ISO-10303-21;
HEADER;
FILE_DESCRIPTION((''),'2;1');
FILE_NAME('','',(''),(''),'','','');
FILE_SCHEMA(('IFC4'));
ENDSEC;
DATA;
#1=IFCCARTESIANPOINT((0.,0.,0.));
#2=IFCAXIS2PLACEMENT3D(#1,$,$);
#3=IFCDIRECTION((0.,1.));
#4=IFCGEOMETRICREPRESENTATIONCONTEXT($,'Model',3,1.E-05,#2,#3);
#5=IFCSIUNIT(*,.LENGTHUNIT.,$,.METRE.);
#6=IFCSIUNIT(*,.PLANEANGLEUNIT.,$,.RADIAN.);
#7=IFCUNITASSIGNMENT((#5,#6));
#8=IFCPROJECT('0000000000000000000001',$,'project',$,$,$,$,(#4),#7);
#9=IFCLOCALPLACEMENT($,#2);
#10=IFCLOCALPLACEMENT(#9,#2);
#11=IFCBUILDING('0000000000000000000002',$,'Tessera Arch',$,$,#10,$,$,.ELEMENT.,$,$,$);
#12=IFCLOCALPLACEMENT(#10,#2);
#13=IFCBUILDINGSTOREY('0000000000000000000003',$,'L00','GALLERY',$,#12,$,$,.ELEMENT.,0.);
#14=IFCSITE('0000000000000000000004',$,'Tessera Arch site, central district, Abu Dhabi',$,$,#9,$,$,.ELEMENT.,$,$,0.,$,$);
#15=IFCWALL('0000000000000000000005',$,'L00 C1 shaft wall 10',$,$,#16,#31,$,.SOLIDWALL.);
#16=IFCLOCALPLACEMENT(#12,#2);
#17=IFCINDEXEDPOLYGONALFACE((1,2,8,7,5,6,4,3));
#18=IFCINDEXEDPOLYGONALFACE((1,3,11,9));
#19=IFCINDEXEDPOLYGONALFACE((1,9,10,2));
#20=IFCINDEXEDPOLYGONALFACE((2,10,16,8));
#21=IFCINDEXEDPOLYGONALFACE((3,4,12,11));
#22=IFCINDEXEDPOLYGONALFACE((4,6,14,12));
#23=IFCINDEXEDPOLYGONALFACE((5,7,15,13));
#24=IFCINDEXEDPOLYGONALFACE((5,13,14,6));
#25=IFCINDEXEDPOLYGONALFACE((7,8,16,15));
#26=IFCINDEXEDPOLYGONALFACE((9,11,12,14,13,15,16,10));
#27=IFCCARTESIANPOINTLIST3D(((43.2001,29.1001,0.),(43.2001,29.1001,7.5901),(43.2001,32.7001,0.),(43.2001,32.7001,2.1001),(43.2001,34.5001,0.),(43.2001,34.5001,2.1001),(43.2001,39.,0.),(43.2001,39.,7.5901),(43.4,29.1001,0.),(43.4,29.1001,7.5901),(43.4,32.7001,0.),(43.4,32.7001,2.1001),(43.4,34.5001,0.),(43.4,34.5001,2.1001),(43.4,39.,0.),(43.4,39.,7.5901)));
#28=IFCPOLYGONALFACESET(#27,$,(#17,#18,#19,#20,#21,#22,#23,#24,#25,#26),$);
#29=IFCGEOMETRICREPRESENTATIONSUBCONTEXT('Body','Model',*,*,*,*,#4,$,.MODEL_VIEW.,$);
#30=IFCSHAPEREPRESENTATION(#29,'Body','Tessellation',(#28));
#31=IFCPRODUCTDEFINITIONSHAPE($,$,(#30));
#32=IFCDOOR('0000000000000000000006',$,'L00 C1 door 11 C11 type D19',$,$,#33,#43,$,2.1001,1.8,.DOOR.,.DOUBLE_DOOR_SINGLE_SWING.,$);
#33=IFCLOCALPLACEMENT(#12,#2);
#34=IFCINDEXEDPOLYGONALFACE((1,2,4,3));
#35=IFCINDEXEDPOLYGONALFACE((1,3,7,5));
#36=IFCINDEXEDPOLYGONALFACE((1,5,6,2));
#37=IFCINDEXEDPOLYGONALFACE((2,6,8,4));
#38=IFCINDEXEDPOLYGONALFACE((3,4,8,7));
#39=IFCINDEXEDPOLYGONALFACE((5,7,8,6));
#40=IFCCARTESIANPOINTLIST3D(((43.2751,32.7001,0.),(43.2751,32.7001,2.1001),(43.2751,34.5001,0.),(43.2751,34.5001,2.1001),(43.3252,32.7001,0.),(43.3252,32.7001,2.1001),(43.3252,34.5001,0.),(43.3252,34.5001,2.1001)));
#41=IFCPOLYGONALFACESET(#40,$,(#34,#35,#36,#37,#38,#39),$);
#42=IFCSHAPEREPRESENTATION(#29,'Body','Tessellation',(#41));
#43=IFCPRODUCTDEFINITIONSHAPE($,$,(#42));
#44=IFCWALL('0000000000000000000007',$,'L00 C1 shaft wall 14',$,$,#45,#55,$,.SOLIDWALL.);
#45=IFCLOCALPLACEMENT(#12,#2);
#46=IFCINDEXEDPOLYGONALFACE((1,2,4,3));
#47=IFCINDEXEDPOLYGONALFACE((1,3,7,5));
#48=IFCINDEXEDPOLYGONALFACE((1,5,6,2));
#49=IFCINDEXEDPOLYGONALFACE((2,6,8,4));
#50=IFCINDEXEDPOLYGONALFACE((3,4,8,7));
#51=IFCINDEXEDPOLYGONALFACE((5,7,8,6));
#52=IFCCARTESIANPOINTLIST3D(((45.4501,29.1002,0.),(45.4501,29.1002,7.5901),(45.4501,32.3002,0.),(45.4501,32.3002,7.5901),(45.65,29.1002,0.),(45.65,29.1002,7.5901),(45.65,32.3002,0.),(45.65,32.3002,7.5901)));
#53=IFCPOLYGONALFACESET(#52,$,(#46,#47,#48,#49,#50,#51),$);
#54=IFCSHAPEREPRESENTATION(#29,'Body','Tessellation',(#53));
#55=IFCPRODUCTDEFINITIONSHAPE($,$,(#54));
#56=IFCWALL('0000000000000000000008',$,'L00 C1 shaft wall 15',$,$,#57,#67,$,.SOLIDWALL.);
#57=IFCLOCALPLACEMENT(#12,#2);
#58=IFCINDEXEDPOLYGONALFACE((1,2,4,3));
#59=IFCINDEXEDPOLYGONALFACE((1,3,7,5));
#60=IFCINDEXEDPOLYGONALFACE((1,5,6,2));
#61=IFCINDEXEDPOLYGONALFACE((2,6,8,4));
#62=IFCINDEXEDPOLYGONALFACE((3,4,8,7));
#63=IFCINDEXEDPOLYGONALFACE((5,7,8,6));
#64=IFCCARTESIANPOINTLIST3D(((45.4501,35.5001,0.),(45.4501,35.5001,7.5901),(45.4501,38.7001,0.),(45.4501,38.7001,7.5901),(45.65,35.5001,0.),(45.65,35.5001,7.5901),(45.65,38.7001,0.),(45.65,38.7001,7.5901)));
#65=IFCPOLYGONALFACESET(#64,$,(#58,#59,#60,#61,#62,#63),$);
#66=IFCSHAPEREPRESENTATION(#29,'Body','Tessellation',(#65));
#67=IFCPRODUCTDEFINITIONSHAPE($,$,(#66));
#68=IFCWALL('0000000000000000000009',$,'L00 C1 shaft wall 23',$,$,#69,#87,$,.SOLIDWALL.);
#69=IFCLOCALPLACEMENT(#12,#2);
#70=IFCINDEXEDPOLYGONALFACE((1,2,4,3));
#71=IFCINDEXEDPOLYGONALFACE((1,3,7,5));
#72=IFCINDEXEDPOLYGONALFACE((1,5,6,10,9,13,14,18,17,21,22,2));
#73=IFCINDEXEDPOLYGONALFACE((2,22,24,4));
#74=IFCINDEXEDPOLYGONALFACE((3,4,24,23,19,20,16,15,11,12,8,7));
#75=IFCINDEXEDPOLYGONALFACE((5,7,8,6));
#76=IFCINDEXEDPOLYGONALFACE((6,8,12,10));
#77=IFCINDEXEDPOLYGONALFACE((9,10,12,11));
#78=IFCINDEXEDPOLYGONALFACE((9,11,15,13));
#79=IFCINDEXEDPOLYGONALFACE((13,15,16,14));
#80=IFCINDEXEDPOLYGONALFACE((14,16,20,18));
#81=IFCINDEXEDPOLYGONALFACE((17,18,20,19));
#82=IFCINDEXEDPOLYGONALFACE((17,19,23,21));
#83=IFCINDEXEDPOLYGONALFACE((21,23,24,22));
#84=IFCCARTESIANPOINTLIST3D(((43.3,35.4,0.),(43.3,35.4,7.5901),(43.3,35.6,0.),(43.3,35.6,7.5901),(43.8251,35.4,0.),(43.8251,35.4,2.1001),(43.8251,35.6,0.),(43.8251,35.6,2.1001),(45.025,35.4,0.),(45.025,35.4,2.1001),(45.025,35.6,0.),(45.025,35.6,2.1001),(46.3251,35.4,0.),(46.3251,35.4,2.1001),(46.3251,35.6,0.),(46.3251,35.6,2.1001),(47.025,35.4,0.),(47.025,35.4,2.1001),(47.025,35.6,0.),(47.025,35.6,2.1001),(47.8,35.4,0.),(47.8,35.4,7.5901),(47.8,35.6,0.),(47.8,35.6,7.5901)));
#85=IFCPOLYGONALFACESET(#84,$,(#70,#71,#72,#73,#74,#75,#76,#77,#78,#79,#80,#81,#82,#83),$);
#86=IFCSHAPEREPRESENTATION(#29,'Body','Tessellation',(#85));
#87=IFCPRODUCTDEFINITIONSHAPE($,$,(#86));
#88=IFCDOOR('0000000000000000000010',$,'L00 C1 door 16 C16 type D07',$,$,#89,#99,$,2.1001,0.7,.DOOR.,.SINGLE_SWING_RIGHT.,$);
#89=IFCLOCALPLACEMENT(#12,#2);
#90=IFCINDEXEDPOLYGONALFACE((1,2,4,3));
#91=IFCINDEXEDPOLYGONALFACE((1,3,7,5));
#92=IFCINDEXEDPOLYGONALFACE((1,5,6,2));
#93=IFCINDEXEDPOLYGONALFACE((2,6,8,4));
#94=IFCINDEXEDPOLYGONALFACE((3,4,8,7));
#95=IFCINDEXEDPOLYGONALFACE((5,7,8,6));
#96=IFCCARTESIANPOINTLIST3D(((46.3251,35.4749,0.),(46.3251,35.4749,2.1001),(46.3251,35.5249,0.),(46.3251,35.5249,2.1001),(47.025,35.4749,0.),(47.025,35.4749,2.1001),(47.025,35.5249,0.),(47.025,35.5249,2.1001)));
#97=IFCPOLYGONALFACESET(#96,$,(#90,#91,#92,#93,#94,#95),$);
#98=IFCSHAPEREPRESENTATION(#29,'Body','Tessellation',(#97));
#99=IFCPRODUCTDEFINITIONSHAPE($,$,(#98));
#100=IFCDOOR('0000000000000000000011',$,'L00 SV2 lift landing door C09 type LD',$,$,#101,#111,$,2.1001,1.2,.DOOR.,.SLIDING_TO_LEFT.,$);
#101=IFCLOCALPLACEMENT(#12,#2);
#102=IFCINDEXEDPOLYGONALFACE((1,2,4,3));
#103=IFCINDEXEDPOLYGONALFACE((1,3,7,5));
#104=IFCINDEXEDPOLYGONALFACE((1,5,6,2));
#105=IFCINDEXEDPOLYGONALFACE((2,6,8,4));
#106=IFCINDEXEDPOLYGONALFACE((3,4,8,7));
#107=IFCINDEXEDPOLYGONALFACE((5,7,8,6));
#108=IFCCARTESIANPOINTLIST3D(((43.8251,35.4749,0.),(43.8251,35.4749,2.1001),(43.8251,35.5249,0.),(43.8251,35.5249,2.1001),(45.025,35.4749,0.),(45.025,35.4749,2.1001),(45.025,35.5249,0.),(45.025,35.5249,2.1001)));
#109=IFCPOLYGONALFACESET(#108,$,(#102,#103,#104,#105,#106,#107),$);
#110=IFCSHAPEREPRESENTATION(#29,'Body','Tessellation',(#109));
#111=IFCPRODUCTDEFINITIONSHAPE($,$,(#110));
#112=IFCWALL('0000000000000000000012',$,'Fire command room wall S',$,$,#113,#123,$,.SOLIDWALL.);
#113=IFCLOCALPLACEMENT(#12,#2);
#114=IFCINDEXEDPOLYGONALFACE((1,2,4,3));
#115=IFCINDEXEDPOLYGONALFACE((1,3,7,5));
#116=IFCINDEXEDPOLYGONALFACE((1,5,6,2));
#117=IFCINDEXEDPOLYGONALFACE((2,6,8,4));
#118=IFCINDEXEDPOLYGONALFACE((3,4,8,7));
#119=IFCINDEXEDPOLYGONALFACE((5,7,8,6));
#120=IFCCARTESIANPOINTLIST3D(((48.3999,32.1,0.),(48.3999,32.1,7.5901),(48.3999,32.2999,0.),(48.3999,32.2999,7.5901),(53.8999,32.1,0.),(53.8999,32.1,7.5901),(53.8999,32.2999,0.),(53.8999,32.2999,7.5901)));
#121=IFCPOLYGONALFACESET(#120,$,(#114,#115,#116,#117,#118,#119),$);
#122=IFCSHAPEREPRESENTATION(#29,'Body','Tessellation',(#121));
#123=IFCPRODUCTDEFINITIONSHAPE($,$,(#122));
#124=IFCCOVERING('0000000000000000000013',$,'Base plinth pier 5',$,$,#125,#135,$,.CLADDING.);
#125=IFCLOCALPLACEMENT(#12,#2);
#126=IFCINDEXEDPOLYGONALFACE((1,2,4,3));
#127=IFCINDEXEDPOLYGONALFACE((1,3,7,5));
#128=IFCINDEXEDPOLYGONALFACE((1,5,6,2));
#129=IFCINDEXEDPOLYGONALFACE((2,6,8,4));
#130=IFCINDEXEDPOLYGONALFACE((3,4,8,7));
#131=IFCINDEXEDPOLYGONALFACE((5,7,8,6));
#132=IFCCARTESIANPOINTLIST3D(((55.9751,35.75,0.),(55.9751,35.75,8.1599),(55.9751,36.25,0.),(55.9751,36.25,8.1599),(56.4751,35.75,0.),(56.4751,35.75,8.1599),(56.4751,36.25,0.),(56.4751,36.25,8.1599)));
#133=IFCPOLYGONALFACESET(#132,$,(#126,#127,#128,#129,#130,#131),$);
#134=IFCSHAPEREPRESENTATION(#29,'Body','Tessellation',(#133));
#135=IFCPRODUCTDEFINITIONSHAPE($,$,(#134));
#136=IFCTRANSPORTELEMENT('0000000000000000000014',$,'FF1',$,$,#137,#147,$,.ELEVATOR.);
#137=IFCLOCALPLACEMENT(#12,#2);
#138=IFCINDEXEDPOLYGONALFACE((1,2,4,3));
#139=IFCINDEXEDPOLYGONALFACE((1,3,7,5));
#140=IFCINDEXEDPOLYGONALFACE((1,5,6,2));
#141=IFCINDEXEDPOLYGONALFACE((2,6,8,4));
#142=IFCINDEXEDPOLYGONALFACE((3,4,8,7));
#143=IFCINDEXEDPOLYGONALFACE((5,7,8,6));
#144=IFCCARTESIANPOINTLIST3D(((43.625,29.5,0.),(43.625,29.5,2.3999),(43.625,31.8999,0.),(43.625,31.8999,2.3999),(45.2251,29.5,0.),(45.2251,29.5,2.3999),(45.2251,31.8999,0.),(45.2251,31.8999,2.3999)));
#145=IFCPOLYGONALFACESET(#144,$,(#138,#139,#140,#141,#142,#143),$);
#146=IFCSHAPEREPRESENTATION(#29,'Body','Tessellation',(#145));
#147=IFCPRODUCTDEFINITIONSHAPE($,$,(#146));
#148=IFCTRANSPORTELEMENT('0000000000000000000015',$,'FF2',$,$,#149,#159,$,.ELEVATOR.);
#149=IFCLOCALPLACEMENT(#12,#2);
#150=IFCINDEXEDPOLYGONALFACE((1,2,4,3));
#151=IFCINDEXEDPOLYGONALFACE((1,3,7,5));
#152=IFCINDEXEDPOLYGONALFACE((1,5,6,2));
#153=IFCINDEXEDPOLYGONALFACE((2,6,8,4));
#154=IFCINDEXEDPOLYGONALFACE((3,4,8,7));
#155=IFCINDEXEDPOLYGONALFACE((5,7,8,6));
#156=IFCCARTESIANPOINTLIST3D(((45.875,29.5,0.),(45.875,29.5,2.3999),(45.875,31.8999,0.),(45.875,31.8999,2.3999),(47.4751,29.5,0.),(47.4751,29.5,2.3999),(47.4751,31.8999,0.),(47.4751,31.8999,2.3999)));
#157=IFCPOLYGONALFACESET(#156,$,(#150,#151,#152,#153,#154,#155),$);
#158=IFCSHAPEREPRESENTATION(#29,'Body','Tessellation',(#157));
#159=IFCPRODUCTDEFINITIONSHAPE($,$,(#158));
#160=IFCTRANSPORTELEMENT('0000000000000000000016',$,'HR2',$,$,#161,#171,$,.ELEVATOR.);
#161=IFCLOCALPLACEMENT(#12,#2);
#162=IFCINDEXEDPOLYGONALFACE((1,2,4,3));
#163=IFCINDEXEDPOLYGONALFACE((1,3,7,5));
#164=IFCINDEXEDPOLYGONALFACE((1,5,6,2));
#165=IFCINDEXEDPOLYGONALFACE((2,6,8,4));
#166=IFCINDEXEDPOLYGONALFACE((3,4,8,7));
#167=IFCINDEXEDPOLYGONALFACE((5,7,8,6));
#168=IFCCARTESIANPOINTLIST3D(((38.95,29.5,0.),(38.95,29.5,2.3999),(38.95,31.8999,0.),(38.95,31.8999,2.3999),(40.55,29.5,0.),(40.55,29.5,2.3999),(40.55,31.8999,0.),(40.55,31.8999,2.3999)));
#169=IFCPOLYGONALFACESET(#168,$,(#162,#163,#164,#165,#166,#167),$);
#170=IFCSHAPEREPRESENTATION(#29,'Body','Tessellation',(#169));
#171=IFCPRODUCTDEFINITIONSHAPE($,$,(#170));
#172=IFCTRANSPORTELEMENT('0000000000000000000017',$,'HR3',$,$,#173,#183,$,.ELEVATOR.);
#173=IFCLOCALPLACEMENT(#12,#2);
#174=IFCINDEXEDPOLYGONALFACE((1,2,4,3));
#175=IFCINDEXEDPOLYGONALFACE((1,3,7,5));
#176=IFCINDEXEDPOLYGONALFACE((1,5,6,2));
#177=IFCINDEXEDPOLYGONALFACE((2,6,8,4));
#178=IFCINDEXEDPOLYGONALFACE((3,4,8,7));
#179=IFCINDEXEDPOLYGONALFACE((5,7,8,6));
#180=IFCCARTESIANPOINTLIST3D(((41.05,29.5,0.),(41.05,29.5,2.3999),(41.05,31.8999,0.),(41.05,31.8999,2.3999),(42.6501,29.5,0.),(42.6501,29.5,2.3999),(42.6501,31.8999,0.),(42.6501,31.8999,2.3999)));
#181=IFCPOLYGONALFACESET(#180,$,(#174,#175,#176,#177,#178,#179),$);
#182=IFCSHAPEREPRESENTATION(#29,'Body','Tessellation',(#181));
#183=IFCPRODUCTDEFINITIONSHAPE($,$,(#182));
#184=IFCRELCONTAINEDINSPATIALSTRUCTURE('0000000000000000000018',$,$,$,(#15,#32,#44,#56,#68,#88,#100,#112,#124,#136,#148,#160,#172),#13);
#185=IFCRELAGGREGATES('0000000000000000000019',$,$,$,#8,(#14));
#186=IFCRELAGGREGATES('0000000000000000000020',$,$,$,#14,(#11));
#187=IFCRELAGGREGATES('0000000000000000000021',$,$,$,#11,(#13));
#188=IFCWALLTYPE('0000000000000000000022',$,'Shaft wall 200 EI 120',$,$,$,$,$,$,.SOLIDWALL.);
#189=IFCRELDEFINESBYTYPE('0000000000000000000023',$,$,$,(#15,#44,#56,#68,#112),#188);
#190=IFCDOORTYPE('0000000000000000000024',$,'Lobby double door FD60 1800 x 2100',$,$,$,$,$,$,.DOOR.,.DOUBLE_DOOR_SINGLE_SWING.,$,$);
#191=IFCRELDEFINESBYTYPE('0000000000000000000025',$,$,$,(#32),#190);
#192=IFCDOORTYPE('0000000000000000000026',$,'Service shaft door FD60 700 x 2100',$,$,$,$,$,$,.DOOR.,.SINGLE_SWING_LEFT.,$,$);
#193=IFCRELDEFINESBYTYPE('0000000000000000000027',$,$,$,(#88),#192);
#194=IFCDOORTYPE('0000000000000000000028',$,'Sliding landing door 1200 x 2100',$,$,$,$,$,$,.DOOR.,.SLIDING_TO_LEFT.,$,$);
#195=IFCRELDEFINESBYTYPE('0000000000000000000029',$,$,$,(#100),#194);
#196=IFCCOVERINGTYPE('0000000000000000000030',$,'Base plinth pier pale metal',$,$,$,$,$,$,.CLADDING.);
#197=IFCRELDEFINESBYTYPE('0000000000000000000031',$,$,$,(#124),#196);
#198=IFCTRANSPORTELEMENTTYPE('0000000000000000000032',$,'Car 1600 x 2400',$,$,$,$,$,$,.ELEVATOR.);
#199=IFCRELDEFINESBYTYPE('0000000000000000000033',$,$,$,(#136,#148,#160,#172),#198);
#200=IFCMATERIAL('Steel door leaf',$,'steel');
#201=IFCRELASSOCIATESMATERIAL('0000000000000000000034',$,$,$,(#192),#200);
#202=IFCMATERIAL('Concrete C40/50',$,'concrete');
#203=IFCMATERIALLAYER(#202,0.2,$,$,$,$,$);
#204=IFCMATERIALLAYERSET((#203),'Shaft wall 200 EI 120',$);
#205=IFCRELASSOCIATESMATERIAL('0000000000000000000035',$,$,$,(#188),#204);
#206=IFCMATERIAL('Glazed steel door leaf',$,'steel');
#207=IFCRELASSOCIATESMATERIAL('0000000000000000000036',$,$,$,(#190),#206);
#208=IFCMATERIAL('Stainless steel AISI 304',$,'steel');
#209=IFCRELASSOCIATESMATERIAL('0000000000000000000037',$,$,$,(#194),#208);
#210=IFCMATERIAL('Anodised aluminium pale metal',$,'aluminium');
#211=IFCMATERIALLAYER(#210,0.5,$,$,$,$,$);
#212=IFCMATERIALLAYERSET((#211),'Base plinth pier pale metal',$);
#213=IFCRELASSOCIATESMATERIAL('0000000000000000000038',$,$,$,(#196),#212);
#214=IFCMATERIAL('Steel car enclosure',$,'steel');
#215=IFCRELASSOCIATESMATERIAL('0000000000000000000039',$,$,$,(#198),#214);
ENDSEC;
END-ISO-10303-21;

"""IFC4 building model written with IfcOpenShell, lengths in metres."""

from ifc_helpers import new_model, si_unit, direction, frame, frame_2d, origin, origin_2d, place, context, subcontext, project, spatial, rectangle, extrude, material, layer, layer_set, type_object, element, fill, save


model = new_model("IFC4")

# Units and contexts
model_context = context("Model", 3, precision=1e-05, world=origin(), true_north=direction((0.0, 1.0)))
body_context = subcontext(model_context, "Body", "Model", "MODEL_VIEW")
ifc_project = project(units=[si_unit("LENGTHUNIT", "METRE"), si_unit("PLANEANGLEUNIT", "RADIAN")], contexts=[model_context])

# Site, building, storey
site_placement = place(None, origin())
site = spatial("IfcSite", under=ifc_project, at=site_placement, Name="Tessera Arch site, central district, Abu Dhabi", CompositionType="ELEMENT", RefElevation=0.0)
building_placement = place(site_placement, origin())
building = spatial("IfcBuilding", under=site, at=building_placement, Name="Tessera Arch", CompositionType="ELEMENT")
storey_placement = place(building_placement, origin())
storey = spatial("IfcBuildingStorey", under=building, at=storey_placement, Name="L00", Description="GALLERY", CompositionType="ELEMENT", Elevation=0.0)

# Shared definitions
ifc_material_1 = material(Name="Steel door leaf", Category="steel")
door_type_1 = type_object("IfcDoorType", Name="Service shaft door FD60 700 x 2100", OperationType="SINGLE_SWING_LEFT", PredefinedType="DOOR", material=ifc_material_1)

# Shared definitions
ifc_material_2 = material(Name="Concrete C40/50", Category="concrete")
ifc_layer_1 = layer(ifc_material_2, 0.2)
ifc_layer_set_1 = layer_set([ifc_layer_1], Name="Shaft wall 200 EI 120")
wall_type_1 = type_object("IfcWallType", Name="Shaft wall 200 EI 120", PredefinedType="SOLIDWALL", material=ifc_layer_set_1)

# Wall, opening, door
wall_1_placement = place(storey_placement, frame((43.3, 29.1001, 0.0), z_axis=(0.0, 0.0, 1.0), x_axis=(0.0, 1.0, 0.0)))
wall_1 = element("IfcWall", 1, at=wall_1_placement, inside=storey, type_object=wall_type_1, Name="L00 C1 shaft wall 10", PredefinedType="SOLIDWALL", context=body_context, shape_type="SweptSolid", body=[
    extrude(rectangle(XDim=9.8999, YDim=0.2, at=frame_2d((4.95, 0.0))), origin(), (0.0, 0.0, 1.0), 7.5901),
])
opening_1_placement = place(wall_1_placement, frame((3.6001, 0.0, 0.0)))
opening_1 = element("IfcOpeningElement", 2, at=opening_1_placement, cuts=wall_1, PredefinedType="OPENING", context=body_context, shape_type="SweptSolid", body=[
    extrude(rectangle(XDim=1.8, YDim=2.1001, at=frame_2d((0.8999, 1.05))), frame((0.0, 0.1099, 0.0), z_axis=(0.0, -1.0, 0.0), x_axis=(1.0, 0.0, 0.0)), (0.0, 0.0, 1.0), 0.22),
])
ifc_material_3 = material(Name="Glazed steel door leaf", Category="steel")
door_type_2 = type_object("IfcDoorType", Name="Lobby double door FD60 1800 x 2100", OperationType="DOUBLE_DOOR_SINGLE_SWING", PredefinedType="DOOR", material=ifc_material_3)
door_1_placement = place(opening_1_placement, origin())
door_1 = element("IfcDoor", 3, at=door_1_placement, inside=storey, type_object=door_type_2, Name="L00 C1 door 11 C11 type D19", OperationType="DOUBLE_DOOR_SINGLE_SWING", OverallHeight=2.1001, OverallWidth=1.8, PredefinedType="DOOR", context=body_context, shape_type="SweptSolid", body=[
    extrude(rectangle(XDim=1.8, YDim=2.1001, at=frame_2d((0.8999, 1.05))), frame((0.0, 0.0249, 0.0), z_axis=(0.0, -1.0, 0.0), x_axis=(1.0, 0.0, 0.0)), (0.0, 0.0, 1.0), 0.05),
])
fill(opening_1, door_1)

# Walls
for number, where, z_axis, x_axis, name in (
    (4, (45.55, 29.1001, 0.0), (0.0, 0.0, 1.0), (0.0, 1.0, 0.0), "L00 C1 shaft wall 14"),
    (5, (45.55, 35.5, 0.0), (0.0, 0.0, 1.0), (0.0, 1.0, 0.0), "L00 C1 shaft wall 15"),
):
    element("IfcWall", number, at=place(storey_placement, frame(where, z_axis=z_axis, x_axis=x_axis)), inside=storey, type_object=wall_type_1, Name=name, PredefinedType="SOLIDWALL", context=body_context, shape_type="SweptSolid", body=[
        extrude(rectangle(XDim=3.2, YDim=0.2, at=frame_2d((1.6001, 0.0))), origin(), (0.0, 0.0, 1.0), 7.5901),
    ])

# Wall, openings, doors
wall_2_placement = place(storey_placement, frame((43.3, 35.5, 0.0), z_axis=(0.0, 0.0, 1.0), x_axis=(1.0, 0.0, 0.0)))
wall_2 = element("IfcWall", 6, at=wall_2_placement, inside=storey, type_object=wall_type_1, Name="L00 C1 shaft wall 23", PredefinedType="SOLIDWALL", context=body_context, shape_type="SweptSolid", body=[
    extrude(rectangle(XDim=4.5, YDim=0.2, at=frame_2d((2.25, 0.0))), origin(), (0.0, 0.0, 1.0), 7.5901),
])
opening_2_placement = place(wall_2_placement, frame((0.5249, 0.0, 0.0)))
opening_2 = element("IfcOpeningElement", 7, at=opening_2_placement, cuts=wall_2, PredefinedType="OPENING", context=body_context, shape_type="SweptSolid", body=[
    extrude(rectangle(XDim=1.2, YDim=2.1001, at=frame_2d((0.6001, 1.05))), frame((0.0, 0.1099, 0.0), z_axis=(0.0, -1.0, 0.0), x_axis=(1.0, 0.0, 0.0)), (0.0, 0.0, 1.0), 0.22),
])
opening_3_placement = place(wall_2_placement, frame((3.0249, 0.0, 0.0)))
opening_3 = element("IfcOpeningElement", 8, at=opening_3_placement, cuts=wall_2, PredefinedType="OPENING", context=body_context, shape_type="SweptSolid", body=[
    extrude(rectangle(XDim=0.7, YDim=2.1001, at=frame_2d((0.3501, 1.05))), frame((0.0, 0.1099, 0.0), z_axis=(0.0, -1.0, 0.0), x_axis=(1.0, 0.0, 0.0)), (0.0, 0.0, 1.0), 0.22),
])
door_2_placement = place(opening_3_placement, origin())
door_2 = element("IfcDoor", 9, at=door_2_placement, inside=storey, type_object=door_type_1, Name="L00 C1 door 16 C16 type D07", OperationType="SINGLE_SWING_RIGHT", OverallHeight=2.1001, OverallWidth=0.7, PredefinedType="DOOR", context=body_context, shape_type="SweptSolid", body=[
    extrude(rectangle(XDim=0.7, YDim=2.1001, at=frame_2d((0.3501, 1.05))), frame((0.0, 0.0249, 0.0), z_axis=(0.0, -1.0, 0.0), x_axis=(1.0, 0.0, 0.0)), (0.0, 0.0, 1.0), 0.05),
])
fill(opening_3, door_2)
ifc_material_4 = material(Name="Stainless steel AISI 304", Category="steel")
door_type_3 = type_object("IfcDoorType", Name="Sliding landing door 1200 x 2100", OperationType="SLIDING_TO_LEFT", PredefinedType="DOOR", material=ifc_material_4)
door_3_placement = place(opening_2_placement, origin())
door_3 = element("IfcDoor", 10, at=door_3_placement, inside=storey, type_object=door_type_3, Name="L00 SV2 lift landing door C09 type LD", OperationType="SLIDING_TO_LEFT", OverallHeight=2.1001, OverallWidth=1.2, PredefinedType="DOOR", context=body_context, shape_type="SweptSolid", body=[
    extrude(rectangle(XDim=1.2, YDim=2.1001, at=frame_2d((0.6001, 1.05))), frame((0.0, 0.0249, 0.0), z_axis=(0.0, -1.0, 0.0), x_axis=(1.0, 0.0, 0.0)), (0.0, 0.0, 1.0), 0.05),
])
fill(opening_2, door_3)

# Wall
wall_3_placement = place(storey_placement, frame((48.3999, 32.2, 0.0), z_axis=(0.0, 0.0, 1.0), x_axis=(1.0, 0.0, 0.0)))
element("IfcWall", 11, at=wall_3_placement, inside=storey, type_object=wall_type_1, Name="Fire command room wall S", PredefinedType="SOLIDWALL", context=body_context, shape_type="SweptSolid", body=[
    extrude(rectangle(XDim=5.5, YDim=0.2, at=frame_2d((2.75, 0.0))), origin(), (0.0, 0.0, 1.0), 7.5901),
])

# Covering
ifc_material_5 = material(Name="Anodised aluminium pale metal", Category="aluminium")
ifc_layer_2 = layer(ifc_material_5, 0.5)
ifc_layer_set_2 = layer_set([ifc_layer_2], Name="Base plinth pier pale metal")
covering_type = type_object("IfcCoveringType", Name="Base plinth pier pale metal", PredefinedType="CLADDING", material=ifc_layer_set_2)
covering_placement = place(storey_placement, frame((56.2251, 36.0, 0.0), z_axis=(0.0, 0.0, 1.0), x_axis=(0.0, 1.0, 0.0)))
element("IfcCovering", 12, at=covering_placement, inside=storey, type_object=covering_type, Name="Base plinth pier 5", PredefinedType="CLADDING", context=body_context, shape_type="SweptSolid", body=[
    extrude(rectangle(XDim=0.5, YDim=0.5, at=origin_2d()), origin(), (0.0, 0.0, 1.0), 8.1599),
])

# Transport elements
ifc_material_6 = material(Name="Steel car enclosure", Category="steel")
transport_element_type = type_object("IfcTransportElementType", Name="Car 1600 x 2400", PredefinedType="ELEVATOR", material=ifc_material_6)
for number, where, z_axis, x_axis, name in (
    (13, (44.425, 30.7, 0.0), (0.0, 0.0, 1.0), (1.0, 0.0, 0.0), "FF1"),
    (14, (46.675, 30.7, 0.0), (0.0, 0.0, 1.0), (1.0, 0.0, 0.0), "FF2"),
    (15, (39.75, 30.7, 0.0), (0.0, 0.0, 1.0), (1.0, 0.0, 0.0), "HR2"),
    (16, (41.8501, 30.7, 0.0), (0.0, 0.0, 1.0), (1.0, 0.0, 0.0), "HR3"),
):
    element("IfcTransportElement", number, at=place(storey_placement, frame(where, z_axis=z_axis, x_axis=x_axis)), inside=storey, type_object=transport_element_type, Name=name, PredefinedType="ELEVATOR", context=body_context, shape_type="SweptSolid", body=[
        extrude(rectangle(XDim=1.6001, YDim=2.3999, at=origin_2d()), origin(), (0.0, 0.0, 1.0), 2.3999),
    ])

save(model, "model.ifc")
